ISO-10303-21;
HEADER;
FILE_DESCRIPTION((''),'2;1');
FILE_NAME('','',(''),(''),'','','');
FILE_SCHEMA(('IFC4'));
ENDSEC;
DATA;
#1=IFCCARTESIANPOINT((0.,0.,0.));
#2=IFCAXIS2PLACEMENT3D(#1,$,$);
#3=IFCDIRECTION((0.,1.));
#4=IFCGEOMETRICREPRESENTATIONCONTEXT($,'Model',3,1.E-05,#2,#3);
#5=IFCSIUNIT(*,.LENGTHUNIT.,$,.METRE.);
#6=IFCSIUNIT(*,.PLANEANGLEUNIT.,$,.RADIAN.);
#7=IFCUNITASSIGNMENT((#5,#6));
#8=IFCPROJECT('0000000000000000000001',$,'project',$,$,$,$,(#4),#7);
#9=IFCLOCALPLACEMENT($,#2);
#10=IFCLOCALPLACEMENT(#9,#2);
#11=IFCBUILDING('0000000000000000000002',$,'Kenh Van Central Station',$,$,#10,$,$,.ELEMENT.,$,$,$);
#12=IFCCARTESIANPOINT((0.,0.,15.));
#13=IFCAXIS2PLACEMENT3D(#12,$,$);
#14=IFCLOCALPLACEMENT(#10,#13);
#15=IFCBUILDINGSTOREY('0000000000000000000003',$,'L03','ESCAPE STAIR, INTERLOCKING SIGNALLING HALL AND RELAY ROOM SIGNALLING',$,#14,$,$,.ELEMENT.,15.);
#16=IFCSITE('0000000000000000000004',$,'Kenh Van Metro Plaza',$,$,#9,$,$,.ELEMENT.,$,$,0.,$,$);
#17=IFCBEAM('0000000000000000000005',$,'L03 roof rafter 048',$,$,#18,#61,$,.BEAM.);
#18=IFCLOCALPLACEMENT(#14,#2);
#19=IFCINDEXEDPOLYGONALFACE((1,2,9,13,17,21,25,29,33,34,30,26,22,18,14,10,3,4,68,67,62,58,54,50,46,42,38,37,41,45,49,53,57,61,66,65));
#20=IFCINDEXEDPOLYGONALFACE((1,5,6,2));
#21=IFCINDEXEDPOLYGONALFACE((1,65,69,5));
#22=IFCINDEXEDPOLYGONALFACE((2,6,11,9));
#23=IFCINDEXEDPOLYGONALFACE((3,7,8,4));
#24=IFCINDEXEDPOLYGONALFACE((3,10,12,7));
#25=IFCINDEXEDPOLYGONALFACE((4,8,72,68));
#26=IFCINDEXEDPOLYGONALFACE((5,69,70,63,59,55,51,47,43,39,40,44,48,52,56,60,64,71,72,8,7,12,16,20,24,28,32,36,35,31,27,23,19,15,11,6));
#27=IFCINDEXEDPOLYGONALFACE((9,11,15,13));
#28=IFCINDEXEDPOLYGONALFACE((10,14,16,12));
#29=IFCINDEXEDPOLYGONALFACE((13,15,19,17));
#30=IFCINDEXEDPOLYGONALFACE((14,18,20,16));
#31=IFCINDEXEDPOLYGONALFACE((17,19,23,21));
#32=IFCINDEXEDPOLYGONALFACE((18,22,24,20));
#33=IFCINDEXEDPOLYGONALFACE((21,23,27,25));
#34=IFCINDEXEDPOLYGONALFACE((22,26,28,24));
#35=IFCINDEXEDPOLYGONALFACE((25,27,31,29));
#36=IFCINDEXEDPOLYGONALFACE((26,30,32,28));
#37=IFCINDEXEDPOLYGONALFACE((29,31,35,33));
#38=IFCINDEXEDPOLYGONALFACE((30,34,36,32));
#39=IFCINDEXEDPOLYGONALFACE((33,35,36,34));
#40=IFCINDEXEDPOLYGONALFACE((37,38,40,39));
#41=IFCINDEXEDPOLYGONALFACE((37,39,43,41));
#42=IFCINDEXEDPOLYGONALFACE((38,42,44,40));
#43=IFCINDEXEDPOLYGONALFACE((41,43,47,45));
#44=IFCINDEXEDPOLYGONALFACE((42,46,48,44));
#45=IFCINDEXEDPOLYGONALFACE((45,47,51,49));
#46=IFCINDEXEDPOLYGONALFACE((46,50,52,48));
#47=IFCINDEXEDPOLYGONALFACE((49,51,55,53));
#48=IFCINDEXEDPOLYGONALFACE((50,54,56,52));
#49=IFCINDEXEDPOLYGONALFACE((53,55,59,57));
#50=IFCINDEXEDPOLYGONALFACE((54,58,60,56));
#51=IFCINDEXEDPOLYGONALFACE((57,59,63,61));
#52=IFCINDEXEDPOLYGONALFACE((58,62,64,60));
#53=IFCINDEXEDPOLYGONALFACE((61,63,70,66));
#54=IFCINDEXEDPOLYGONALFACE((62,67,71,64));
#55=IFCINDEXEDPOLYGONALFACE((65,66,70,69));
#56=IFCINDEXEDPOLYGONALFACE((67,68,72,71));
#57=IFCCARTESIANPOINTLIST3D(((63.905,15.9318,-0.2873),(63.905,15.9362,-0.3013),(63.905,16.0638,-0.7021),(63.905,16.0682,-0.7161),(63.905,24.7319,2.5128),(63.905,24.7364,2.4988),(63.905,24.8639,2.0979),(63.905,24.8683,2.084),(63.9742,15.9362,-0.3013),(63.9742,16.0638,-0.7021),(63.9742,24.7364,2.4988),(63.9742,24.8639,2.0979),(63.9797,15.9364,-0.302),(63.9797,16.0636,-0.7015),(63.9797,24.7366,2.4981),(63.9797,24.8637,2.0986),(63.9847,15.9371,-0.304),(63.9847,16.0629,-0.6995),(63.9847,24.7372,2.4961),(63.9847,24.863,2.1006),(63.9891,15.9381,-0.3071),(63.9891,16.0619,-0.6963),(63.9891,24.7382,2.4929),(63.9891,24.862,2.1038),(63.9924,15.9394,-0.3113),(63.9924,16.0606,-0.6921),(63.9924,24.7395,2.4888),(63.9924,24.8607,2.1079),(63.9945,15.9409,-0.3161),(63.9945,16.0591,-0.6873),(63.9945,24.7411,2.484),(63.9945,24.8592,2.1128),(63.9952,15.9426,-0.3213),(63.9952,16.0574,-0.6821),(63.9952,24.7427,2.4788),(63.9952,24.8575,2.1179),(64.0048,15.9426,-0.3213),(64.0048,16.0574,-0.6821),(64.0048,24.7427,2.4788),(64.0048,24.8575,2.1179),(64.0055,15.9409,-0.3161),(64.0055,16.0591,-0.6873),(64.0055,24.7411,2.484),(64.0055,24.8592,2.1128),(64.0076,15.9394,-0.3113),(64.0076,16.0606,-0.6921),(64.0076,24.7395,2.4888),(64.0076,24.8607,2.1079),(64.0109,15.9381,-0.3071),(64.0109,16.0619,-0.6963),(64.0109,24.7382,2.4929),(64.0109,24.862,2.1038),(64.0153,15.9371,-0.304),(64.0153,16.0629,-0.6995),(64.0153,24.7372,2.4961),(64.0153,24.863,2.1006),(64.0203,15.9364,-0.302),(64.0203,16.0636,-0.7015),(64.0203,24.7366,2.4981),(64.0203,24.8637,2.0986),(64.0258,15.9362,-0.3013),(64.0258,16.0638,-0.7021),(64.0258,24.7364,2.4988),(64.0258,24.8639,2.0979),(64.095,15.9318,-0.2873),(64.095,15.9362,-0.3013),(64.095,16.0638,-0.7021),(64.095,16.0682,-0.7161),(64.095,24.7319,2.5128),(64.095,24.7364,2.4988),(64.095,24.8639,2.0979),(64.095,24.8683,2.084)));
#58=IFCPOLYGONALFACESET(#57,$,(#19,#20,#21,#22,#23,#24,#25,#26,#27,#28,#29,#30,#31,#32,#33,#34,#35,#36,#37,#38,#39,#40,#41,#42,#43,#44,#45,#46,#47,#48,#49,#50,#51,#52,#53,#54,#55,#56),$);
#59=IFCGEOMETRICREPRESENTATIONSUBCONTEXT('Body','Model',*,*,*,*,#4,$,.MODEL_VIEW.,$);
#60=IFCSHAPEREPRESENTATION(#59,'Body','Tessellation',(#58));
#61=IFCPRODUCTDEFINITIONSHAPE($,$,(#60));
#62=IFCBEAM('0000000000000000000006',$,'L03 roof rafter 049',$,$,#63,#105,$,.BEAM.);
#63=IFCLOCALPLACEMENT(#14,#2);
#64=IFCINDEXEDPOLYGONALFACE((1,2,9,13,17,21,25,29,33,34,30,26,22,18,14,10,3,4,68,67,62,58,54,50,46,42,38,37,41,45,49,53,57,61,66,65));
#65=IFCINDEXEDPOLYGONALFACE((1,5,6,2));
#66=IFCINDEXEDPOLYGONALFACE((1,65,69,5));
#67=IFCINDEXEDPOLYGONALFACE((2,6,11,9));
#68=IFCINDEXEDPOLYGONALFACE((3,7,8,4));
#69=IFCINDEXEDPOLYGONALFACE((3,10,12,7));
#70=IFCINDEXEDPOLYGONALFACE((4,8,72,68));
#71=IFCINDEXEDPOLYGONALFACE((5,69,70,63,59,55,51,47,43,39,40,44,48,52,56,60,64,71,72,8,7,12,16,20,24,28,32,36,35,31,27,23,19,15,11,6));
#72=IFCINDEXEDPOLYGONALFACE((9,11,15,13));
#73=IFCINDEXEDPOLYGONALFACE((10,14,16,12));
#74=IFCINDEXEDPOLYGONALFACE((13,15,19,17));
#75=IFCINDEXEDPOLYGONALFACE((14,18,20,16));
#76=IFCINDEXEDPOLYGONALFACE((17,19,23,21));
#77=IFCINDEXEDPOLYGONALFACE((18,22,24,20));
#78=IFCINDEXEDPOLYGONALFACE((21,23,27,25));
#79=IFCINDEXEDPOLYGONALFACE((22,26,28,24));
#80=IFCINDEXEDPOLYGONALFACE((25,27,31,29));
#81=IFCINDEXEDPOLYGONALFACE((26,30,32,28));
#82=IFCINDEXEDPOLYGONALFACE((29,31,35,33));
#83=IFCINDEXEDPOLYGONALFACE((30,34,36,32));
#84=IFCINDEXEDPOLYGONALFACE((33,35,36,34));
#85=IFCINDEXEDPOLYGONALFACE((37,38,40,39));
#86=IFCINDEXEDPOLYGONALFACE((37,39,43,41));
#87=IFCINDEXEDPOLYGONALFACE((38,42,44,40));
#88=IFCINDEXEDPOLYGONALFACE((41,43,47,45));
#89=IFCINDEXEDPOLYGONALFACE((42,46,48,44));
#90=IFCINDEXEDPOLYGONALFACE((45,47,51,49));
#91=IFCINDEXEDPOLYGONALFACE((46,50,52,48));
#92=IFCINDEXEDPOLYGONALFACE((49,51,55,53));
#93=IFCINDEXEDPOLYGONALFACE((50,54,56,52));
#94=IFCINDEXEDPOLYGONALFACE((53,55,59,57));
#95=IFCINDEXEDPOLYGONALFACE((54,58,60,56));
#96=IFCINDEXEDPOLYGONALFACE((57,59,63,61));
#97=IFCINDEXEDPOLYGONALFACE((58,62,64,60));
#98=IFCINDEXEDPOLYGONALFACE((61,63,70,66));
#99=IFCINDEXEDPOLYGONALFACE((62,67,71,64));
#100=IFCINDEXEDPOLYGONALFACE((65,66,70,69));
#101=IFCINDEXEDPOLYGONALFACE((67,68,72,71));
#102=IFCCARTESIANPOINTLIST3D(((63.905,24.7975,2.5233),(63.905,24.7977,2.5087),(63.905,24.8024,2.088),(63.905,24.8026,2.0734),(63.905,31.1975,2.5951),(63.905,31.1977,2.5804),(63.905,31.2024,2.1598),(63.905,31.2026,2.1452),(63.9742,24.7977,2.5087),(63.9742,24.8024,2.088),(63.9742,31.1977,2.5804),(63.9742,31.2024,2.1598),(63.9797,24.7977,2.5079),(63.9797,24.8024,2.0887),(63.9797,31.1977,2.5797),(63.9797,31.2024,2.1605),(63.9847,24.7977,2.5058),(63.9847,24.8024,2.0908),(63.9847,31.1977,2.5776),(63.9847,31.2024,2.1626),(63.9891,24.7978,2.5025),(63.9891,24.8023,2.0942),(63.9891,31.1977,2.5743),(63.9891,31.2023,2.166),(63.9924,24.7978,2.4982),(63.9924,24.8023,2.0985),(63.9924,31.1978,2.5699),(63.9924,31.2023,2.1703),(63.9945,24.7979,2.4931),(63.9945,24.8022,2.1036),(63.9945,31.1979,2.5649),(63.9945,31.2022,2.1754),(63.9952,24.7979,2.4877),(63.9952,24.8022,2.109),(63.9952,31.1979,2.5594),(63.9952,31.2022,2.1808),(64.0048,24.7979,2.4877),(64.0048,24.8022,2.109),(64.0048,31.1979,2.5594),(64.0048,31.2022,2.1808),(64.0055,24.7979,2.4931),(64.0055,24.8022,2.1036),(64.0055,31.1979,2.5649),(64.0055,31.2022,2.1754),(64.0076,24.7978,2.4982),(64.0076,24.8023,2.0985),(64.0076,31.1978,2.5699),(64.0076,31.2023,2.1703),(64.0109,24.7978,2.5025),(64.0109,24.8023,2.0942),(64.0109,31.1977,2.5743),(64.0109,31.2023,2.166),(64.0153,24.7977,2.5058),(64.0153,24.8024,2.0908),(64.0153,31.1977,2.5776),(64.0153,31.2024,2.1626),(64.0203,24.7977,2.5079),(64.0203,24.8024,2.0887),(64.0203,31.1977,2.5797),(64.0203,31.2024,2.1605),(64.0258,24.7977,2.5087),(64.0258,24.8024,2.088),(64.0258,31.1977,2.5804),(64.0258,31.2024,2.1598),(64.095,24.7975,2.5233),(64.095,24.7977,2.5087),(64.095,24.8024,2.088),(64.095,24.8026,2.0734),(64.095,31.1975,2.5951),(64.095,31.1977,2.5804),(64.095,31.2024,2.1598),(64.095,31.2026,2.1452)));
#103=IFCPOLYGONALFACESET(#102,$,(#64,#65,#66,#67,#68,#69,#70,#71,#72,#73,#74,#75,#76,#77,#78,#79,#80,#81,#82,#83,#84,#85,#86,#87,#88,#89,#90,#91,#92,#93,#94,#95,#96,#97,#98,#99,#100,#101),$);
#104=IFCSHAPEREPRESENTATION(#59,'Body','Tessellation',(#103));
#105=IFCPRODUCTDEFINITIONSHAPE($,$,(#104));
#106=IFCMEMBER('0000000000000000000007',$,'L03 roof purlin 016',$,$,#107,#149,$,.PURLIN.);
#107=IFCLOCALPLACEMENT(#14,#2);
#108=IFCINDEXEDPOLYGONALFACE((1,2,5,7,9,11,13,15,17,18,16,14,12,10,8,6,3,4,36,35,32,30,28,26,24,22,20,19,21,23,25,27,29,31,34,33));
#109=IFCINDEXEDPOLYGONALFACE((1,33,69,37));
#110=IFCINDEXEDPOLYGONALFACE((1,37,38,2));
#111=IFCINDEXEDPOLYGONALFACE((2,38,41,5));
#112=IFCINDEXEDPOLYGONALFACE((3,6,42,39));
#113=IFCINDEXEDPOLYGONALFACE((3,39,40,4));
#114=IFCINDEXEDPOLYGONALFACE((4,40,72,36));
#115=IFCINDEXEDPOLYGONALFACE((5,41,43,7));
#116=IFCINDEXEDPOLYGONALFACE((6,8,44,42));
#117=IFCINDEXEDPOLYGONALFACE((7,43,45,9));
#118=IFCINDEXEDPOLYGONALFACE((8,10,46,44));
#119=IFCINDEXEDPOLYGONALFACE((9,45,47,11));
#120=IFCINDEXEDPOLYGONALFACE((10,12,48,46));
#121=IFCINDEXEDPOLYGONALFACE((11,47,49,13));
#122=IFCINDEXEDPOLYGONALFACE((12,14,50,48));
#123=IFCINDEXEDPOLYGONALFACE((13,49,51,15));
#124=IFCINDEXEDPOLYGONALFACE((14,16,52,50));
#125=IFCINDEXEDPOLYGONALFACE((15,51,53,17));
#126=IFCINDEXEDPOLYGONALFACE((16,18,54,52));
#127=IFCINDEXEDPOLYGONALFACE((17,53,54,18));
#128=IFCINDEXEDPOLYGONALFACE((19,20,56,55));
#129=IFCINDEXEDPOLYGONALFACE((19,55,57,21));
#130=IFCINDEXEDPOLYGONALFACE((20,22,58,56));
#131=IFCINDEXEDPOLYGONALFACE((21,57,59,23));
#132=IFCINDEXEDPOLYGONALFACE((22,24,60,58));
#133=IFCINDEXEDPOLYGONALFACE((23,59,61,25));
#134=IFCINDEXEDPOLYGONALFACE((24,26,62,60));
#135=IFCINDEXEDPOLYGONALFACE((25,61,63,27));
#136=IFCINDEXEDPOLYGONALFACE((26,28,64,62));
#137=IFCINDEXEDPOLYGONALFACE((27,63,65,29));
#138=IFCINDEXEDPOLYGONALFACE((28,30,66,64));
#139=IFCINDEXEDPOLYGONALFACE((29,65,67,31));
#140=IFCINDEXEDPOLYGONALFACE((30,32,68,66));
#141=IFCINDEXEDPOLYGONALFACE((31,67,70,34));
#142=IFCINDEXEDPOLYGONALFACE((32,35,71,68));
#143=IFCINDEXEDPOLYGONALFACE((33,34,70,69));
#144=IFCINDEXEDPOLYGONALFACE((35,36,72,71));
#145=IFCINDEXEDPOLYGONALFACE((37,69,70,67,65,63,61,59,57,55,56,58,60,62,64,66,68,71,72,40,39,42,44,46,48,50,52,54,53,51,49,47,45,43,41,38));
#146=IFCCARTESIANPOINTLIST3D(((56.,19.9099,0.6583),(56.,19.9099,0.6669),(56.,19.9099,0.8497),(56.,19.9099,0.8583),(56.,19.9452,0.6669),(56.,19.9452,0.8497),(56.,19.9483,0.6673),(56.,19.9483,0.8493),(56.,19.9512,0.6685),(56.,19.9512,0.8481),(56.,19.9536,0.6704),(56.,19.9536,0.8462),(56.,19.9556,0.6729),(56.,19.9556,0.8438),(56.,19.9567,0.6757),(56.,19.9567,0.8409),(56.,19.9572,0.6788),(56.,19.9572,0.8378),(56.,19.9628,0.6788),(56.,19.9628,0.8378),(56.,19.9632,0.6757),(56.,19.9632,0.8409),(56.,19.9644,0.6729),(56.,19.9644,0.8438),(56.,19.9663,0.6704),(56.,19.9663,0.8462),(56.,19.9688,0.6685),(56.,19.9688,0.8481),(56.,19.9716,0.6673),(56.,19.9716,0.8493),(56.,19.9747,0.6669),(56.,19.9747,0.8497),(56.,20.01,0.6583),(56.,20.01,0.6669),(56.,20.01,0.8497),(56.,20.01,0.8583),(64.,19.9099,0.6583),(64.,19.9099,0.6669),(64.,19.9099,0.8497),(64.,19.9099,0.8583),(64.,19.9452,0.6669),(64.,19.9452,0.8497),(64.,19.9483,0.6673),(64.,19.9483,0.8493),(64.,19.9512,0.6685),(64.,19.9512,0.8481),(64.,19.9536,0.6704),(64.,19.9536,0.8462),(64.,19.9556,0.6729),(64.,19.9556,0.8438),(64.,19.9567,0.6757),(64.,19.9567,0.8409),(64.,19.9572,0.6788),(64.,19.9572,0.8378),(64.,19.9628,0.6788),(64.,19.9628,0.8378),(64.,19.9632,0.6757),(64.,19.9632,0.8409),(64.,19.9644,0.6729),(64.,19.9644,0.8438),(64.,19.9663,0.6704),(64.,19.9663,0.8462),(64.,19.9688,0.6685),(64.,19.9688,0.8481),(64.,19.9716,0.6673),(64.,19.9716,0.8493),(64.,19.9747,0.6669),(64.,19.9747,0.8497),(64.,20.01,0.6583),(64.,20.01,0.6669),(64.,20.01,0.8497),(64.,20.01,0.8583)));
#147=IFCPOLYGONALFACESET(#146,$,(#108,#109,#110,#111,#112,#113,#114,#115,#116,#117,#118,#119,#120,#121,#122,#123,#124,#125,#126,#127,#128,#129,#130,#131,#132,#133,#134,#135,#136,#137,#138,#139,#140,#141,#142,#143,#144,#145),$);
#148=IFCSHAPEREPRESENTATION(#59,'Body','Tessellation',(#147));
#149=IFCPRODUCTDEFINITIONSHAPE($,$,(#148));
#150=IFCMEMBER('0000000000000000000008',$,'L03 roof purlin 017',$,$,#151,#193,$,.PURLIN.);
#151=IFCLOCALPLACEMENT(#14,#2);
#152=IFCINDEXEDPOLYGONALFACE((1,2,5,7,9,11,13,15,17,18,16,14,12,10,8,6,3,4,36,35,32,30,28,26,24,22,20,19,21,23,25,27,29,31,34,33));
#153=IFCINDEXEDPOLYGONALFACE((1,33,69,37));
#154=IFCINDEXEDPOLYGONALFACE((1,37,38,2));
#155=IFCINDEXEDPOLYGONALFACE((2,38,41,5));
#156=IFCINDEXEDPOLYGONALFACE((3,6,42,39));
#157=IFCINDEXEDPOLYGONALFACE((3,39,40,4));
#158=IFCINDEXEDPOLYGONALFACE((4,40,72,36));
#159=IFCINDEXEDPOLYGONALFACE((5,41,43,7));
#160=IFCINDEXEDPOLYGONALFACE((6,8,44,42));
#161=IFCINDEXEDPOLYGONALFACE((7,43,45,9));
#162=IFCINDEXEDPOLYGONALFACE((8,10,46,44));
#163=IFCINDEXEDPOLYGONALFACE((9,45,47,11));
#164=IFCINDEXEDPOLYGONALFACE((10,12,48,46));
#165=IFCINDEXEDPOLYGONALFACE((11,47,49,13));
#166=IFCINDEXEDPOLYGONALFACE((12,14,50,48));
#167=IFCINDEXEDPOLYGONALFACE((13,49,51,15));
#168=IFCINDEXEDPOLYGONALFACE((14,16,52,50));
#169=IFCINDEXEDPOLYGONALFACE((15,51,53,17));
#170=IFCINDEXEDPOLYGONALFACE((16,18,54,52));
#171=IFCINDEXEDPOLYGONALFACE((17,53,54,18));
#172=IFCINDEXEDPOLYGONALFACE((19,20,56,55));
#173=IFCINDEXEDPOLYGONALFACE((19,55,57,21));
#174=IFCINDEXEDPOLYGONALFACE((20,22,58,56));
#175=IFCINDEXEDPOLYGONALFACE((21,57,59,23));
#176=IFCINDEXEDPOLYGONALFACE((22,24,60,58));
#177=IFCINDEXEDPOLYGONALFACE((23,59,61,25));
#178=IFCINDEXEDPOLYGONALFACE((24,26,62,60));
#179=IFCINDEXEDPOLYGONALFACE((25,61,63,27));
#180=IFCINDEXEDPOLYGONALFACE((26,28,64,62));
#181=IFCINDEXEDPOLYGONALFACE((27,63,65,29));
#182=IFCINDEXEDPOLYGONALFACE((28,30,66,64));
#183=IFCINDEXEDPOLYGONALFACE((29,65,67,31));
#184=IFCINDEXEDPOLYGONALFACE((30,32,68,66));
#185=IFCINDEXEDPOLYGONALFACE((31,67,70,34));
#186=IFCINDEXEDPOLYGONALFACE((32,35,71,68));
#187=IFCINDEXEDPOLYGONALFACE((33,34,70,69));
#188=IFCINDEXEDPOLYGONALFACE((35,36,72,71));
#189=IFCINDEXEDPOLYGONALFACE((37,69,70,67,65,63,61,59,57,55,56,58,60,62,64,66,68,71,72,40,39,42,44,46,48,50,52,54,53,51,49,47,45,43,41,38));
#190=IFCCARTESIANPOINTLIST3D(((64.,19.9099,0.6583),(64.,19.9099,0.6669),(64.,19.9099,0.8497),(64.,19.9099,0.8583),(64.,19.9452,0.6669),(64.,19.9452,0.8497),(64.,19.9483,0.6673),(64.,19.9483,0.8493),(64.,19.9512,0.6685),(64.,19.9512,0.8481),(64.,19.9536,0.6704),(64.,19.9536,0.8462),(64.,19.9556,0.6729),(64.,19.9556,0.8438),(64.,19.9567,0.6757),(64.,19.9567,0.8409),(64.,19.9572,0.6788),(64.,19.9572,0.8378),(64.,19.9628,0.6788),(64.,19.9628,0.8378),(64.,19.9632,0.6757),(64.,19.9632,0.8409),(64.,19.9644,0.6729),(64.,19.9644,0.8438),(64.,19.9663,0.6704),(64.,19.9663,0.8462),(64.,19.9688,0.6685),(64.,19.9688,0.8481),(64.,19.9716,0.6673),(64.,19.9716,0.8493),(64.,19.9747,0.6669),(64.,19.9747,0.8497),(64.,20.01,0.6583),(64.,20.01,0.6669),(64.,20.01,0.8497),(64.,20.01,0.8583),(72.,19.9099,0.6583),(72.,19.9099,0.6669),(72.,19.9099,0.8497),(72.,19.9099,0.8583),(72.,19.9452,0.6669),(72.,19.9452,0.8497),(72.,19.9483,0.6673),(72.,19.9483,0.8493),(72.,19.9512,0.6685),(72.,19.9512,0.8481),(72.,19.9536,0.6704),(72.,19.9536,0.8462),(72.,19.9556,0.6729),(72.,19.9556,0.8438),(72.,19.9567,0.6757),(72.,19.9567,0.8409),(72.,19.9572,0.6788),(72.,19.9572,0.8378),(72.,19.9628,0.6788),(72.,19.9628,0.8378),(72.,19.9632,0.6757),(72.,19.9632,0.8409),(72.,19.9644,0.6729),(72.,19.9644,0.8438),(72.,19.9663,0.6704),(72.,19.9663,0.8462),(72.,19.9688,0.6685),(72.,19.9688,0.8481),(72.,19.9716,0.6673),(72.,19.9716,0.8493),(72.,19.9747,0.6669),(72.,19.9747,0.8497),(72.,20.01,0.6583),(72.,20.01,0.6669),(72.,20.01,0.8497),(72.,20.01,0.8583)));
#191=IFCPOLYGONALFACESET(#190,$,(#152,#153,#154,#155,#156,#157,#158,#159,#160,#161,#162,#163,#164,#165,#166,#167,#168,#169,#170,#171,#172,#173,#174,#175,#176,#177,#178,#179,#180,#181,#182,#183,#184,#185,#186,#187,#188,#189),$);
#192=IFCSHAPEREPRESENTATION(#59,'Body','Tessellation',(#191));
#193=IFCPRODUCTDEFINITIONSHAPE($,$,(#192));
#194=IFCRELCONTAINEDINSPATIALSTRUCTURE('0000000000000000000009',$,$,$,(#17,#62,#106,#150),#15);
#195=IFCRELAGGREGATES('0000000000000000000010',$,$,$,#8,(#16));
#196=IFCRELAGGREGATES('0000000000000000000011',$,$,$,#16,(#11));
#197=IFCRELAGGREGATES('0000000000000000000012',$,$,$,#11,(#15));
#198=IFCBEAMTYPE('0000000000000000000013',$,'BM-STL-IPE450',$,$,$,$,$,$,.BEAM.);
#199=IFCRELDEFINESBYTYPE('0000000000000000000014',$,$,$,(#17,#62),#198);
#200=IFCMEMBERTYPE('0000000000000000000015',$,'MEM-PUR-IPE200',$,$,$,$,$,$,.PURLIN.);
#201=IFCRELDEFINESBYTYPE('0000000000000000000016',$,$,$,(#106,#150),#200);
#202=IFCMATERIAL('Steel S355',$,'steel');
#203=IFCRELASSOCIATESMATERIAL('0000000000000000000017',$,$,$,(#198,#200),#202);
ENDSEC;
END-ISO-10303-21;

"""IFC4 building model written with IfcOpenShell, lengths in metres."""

from ifc_helpers import new_model, si_unit, direction, frame, origin, origin_2d, place, context, subcontext, project, spatial, i_section, extrude, material, material_profile, profile_set, type_object, element, save


model = new_model("IFC4")

# Units and contexts
model_context = context("Model", 3, precision=1e-05, world=origin(), true_north=direction((0.0, 1.0)))
body_context = subcontext(model_context, "Body", "Model", "MODEL_VIEW")
ifc_project = project(units=[si_unit("LENGTHUNIT", "METRE"), si_unit("PLANEANGLEUNIT", "RADIAN")], contexts=[model_context])

# Site, building, storey
site_placement = place(None, origin())
site = spatial("IfcSite", under=ifc_project, at=site_placement, Name="Kenh Van Metro Plaza", CompositionType="ELEMENT", RefElevation=0.0)
building_placement = place(site_placement, origin())
building = spatial("IfcBuilding", under=site, at=building_placement, Name="Kenh Van Central Station", CompositionType="ELEMENT")
storey_placement = place(building_placement, frame((0.0, 0.0, 15.0)))
storey = spatial("IfcBuildingStorey", under=building, at=storey_placement, Name="L03", Description="ESCAPE STAIR, INTERLOCKING SIGNALLING HALL AND RELAY ROOM SIGNALLING", CompositionType="ELEMENT", Elevation=15.0)

# Beams
ifc_material_1 = material(Name="Steel S355", Category="steel")
ifc_material_profile_1 = material_profile(ifc_material_1, i_section(OverallWidth=0.1899, OverallDepth=0.45, WebThickness=0.0095, FlangeThickness=0.0146, FilletRadius=0.021, at=origin_2d()), Name="IPE 450")
ifc_profile_set_1 = profile_set([ifc_material_profile_1], Name="Steel S355")
beam_type = type_object("IfcBeamType", Name="BM-STL-IPE450", PredefinedType="BEAM", material=ifc_profile_set_1)
for number, where, z_axis, x_axis, name in (
    (1, (64.0, 16.0, -0.5017), (0.0, 0.952925, 0.303207), (-1.0, 0.0, 0.0), "L03 roof rafter 048"),
):
    element("IfcBeam", number, at=place(storey_placement, frame(where, z_axis=z_axis, x_axis=x_axis)), inside=storey, type_object=beam_type, Name=name, PredefinedType="BEAM", context=body_context, shape_type="SweptSolid", body=[
        extrude(i_section(OverallWidth=0.1899, OverallDepth=0.45, WebThickness=0.0095, FlangeThickness=0.0146, FilletRadius=0.021, at=origin_2d()), origin(), (0.0, 0.0, 1.0), 9.2349),
    ])
beam_1_placement = place(storey_placement, frame((64.0, 24.8, 2.2983), z_axis=(0.0, 0.999937, 0.011215), x_axis=(-1.0, 0.0, 0.0)))
element("IfcBeam", 2, at=beam_1_placement, inside=storey, type_object=beam_type, Name="L03 roof rafter 049", PredefinedType="BEAM", context=body_context, shape_type="SweptSolid", body=[
    extrude(i_section(OverallWidth=0.1899, OverallDepth=0.45, WebThickness=0.0095, FlangeThickness=0.0146, FilletRadius=0.021, at=origin_2d()), origin(), (0.0, 0.0, 1.0), 6.4004),
])

# Members
ifc_material_profile_2 = material_profile(ifc_material_1, i_section(OverallWidth=0.1001, OverallDepth=0.2, WebThickness=0.0056, FlangeThickness=0.0085, FilletRadius=0.012, at=origin_2d()), Name="IPE 200")
ifc_profile_set_2 = profile_set([ifc_material_profile_2], Name="Steel S355")
member_type_1 = type_object("IfcMemberType", Name="MEM-PUR-IPE200", PredefinedType="PURLIN", material=ifc_profile_set_2)
for number, where, z_axis, x_axis, name in (
    (3, (56.0, 19.96, 0.7583), (1.0, 0.0, 0.0), (0.0, 1.0, 0.0), "L03 roof purlin 016"),
    (4, (64.0, 19.96, 0.7583), (1.0, 0.0, 0.0), (0.0, 1.0, 0.0), "L03 roof purlin 017"),
):
    element("IfcMember", number, at=place(storey_placement, frame(where, z_axis=z_axis, x_axis=x_axis)), inside=storey, type_object=member_type_1, Name=name, PredefinedType="PURLIN", context=body_context, shape_type="SweptSolid", body=[
        extrude(i_section(OverallWidth=0.1001, OverallDepth=0.2, WebThickness=0.0056, FlangeThickness=0.0085, FilletRadius=0.012, at=origin_2d()), origin(), (0.0, 0.0, 1.0), 8.0),
    ])

save(model, "model.ifc")
